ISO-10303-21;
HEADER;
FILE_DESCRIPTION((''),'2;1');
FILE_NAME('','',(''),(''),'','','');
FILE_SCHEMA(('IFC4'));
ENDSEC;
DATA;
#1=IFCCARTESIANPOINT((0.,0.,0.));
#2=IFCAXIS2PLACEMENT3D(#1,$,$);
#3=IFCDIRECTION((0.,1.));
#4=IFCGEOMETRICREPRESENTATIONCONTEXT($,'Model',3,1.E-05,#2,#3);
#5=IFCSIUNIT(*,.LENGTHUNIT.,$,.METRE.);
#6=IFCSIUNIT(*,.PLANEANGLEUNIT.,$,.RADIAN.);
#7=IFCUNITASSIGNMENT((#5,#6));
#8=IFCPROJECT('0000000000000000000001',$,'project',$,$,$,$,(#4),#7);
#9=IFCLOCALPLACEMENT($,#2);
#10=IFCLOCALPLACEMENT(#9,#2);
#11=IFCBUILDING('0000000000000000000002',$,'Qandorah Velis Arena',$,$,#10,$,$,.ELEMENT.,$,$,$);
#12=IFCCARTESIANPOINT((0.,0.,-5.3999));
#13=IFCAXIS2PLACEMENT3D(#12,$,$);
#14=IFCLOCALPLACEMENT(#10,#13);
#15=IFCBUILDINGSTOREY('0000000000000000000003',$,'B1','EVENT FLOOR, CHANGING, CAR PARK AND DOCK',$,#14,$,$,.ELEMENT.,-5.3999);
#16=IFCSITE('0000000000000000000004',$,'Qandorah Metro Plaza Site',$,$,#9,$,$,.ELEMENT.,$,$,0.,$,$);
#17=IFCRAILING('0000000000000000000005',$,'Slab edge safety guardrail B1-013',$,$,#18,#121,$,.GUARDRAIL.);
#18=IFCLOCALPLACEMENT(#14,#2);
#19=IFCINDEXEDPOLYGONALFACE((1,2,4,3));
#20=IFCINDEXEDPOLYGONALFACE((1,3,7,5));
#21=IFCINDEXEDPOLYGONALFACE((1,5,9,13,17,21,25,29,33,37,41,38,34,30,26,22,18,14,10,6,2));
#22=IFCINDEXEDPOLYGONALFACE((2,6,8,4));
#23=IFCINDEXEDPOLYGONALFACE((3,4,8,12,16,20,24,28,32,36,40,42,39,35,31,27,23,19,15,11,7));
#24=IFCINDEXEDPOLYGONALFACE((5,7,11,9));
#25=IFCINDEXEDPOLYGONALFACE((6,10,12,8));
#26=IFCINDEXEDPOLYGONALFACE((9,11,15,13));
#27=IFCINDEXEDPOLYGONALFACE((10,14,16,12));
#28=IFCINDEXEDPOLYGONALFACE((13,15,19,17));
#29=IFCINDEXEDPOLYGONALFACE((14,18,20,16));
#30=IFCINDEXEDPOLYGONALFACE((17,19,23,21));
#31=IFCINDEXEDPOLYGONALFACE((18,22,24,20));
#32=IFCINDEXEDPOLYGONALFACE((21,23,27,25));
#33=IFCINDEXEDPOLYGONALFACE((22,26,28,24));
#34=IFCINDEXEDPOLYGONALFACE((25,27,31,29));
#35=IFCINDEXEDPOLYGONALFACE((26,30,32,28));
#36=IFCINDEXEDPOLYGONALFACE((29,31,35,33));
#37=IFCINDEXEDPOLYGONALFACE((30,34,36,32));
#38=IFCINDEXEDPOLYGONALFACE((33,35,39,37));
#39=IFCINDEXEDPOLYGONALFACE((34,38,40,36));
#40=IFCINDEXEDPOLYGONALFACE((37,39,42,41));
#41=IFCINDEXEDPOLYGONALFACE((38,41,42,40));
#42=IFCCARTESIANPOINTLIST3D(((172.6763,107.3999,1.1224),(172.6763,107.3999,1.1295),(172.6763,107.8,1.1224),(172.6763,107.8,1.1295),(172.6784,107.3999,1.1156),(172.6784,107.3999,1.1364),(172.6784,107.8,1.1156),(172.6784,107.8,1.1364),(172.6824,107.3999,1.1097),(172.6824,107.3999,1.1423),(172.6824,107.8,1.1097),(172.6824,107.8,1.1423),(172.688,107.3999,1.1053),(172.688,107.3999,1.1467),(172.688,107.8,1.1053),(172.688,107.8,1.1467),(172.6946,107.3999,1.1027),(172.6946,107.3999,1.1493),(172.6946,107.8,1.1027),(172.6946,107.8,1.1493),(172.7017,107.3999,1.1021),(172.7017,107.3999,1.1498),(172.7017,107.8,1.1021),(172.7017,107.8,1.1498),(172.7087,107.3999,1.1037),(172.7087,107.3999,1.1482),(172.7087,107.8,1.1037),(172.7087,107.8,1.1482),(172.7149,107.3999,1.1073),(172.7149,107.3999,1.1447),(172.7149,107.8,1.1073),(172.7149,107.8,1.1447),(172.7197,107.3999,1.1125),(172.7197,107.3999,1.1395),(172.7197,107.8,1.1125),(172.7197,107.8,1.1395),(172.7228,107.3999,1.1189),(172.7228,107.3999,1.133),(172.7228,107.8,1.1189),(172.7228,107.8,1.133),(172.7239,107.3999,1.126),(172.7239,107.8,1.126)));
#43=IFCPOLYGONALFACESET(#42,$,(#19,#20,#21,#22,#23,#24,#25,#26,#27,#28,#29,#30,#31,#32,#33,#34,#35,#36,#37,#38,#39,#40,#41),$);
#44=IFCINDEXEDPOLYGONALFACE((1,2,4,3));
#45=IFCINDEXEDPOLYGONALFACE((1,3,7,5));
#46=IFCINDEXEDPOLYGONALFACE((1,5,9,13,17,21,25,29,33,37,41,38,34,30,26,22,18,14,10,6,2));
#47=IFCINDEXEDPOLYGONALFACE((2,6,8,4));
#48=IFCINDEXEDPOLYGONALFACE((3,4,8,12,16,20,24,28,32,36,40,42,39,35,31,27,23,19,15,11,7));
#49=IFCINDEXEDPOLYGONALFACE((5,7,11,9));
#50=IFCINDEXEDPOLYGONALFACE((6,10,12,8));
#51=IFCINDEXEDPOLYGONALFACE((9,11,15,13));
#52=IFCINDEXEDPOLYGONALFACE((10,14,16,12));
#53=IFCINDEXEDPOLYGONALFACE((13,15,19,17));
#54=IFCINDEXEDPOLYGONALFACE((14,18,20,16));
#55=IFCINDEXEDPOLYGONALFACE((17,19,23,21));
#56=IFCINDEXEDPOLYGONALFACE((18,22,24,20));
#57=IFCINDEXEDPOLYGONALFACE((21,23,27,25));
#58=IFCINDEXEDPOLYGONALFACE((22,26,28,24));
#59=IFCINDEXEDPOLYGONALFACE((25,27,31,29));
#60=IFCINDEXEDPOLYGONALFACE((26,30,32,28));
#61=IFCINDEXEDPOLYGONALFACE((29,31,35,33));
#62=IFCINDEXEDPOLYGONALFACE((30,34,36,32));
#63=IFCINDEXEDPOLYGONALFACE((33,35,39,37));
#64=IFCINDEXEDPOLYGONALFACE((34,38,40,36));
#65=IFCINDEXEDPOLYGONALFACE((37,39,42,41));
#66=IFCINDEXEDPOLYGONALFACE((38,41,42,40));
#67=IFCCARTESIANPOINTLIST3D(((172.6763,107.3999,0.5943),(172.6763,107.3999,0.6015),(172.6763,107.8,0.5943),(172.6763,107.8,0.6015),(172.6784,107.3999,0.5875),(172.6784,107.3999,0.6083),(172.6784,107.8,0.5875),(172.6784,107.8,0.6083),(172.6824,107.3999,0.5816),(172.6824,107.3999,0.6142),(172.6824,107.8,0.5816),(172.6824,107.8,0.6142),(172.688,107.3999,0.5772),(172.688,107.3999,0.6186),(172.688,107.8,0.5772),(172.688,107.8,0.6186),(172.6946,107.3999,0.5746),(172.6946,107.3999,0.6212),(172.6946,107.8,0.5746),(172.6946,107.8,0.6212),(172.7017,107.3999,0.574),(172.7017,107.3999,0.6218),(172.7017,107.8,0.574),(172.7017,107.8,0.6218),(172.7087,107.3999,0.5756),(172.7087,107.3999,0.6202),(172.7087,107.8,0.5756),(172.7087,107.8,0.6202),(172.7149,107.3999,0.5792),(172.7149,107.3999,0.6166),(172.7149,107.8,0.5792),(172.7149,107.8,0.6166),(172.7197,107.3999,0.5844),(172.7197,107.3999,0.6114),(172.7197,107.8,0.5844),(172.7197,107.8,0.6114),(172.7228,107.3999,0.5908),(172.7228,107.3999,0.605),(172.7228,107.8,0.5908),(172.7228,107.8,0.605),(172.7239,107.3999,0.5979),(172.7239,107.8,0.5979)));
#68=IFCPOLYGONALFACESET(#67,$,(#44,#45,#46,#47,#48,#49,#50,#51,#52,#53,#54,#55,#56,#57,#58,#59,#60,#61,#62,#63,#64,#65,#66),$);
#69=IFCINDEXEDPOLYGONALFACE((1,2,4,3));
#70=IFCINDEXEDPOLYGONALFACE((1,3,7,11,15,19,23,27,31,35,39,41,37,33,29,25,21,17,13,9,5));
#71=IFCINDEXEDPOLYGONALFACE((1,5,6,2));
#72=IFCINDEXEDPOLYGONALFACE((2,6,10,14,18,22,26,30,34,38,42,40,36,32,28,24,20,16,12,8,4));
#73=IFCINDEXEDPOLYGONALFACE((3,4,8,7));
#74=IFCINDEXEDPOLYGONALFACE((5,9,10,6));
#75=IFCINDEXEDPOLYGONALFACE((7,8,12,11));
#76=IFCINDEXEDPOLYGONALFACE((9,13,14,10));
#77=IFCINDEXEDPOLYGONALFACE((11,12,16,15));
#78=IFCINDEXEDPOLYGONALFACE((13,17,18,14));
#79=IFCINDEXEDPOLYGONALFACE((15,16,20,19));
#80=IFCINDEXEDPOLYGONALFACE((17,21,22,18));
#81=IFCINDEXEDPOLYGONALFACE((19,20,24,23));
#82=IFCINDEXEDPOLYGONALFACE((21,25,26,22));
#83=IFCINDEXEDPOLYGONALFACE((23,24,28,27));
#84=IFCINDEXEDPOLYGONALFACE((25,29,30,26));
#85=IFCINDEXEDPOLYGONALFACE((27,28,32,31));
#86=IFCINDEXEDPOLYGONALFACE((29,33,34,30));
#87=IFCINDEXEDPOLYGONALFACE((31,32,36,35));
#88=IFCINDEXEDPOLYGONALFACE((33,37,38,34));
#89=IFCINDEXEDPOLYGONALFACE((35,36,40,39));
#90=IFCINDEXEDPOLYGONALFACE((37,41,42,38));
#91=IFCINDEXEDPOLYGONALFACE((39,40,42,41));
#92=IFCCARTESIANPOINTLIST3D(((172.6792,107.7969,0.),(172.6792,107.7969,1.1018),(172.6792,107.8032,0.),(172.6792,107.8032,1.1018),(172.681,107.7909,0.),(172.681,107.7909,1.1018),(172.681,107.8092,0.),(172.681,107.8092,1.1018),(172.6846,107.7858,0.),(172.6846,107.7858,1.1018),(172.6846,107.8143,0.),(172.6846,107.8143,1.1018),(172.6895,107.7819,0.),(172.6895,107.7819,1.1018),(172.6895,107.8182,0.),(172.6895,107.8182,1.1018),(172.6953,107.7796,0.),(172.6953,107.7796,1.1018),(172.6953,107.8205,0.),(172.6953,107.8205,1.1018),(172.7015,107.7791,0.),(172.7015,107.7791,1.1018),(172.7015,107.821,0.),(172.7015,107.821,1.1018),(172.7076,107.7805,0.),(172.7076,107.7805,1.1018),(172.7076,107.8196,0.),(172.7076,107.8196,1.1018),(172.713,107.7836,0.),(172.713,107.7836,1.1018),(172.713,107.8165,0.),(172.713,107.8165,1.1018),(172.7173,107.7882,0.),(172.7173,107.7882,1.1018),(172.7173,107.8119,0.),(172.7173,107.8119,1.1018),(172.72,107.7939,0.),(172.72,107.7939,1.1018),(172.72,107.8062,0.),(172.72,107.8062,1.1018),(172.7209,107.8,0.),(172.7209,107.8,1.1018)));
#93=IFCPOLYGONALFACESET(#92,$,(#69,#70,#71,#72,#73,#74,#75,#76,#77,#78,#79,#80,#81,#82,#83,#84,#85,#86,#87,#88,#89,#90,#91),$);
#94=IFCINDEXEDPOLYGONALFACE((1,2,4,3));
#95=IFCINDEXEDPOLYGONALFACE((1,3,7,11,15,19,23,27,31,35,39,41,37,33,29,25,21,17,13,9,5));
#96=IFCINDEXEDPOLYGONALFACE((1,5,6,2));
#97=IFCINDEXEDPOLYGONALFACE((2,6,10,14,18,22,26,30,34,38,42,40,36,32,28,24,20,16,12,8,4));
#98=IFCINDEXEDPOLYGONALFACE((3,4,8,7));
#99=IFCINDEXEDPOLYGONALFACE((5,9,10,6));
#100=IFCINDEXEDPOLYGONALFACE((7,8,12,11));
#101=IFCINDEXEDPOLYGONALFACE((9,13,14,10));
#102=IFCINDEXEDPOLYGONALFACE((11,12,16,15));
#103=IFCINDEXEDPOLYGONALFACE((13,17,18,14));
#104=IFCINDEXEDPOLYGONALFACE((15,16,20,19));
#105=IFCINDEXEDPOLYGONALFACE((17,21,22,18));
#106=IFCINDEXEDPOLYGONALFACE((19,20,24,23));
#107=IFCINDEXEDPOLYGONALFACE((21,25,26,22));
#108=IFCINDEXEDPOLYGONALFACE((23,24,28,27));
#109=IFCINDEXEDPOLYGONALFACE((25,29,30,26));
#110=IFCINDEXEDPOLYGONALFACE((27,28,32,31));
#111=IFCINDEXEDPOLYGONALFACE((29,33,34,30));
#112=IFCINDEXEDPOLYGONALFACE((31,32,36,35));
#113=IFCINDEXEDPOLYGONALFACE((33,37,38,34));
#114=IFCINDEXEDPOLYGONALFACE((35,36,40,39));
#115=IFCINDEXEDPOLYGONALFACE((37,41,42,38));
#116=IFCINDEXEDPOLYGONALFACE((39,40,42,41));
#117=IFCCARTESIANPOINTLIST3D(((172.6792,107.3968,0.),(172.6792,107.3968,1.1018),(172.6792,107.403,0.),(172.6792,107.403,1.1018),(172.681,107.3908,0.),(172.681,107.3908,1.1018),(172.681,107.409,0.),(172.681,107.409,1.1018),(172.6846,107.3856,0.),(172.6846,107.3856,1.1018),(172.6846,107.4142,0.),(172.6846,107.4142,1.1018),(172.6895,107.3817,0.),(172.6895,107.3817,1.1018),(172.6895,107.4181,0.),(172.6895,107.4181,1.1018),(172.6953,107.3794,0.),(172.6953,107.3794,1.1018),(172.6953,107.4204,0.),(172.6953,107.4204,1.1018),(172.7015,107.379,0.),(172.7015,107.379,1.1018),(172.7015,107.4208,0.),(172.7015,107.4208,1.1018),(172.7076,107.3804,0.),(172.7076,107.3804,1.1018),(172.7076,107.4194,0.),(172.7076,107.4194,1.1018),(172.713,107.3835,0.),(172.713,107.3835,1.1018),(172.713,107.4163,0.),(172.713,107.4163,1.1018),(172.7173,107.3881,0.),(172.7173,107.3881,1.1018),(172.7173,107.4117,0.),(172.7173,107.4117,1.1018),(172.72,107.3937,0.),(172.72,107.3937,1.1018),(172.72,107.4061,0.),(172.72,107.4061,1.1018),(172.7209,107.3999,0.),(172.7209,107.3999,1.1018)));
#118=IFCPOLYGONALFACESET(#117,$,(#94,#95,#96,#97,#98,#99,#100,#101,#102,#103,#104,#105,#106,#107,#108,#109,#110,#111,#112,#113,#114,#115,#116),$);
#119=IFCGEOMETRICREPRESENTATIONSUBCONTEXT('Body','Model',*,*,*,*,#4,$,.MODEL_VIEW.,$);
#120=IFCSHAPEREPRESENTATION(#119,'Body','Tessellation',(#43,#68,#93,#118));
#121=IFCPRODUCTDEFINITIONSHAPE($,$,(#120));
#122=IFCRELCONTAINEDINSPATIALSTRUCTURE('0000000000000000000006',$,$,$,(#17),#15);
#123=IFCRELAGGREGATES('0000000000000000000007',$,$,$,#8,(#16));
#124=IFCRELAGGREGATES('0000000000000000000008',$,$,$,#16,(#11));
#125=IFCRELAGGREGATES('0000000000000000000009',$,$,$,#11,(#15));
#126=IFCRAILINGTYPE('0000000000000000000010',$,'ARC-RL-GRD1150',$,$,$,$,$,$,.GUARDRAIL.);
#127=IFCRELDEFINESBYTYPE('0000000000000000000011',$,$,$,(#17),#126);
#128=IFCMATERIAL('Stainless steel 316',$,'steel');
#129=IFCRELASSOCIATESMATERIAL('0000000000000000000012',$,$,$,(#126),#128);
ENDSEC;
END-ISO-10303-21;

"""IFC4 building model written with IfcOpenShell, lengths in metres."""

from ifc_helpers import new_model, si_unit, direction, frame, origin, origin_2d, place, context, subcontext, project, spatial, circle, extrude, material, type_object, element, save


model = new_model("IFC4")

# Units and contexts
model_context = context("Model", 3, precision=1e-05, world=origin(), true_north=direction((0.0, 1.0)))
body_context = subcontext(model_context, "Body", "Model", "MODEL_VIEW")
ifc_project = project(units=[si_unit("LENGTHUNIT", "METRE"), si_unit("PLANEANGLEUNIT", "RADIAN")], contexts=[model_context])

# Site, building, storey
site_placement = place(None, origin())
site = spatial("IfcSite", under=ifc_project, at=site_placement, Name="Qandorah Metro Plaza Site", CompositionType="ELEMENT", RefElevation=0.0)
building_placement = place(site_placement, origin())
building = spatial("IfcBuilding", under=site, at=building_placement, Name="Qandorah Velis Arena", CompositionType="ELEMENT")
storey_placement = place(building_placement, frame((0.0, 0.0, -5.3999)))
storey = spatial("IfcBuildingStorey", under=building, at=storey_placement, Name="B1", Description="EVENT FLOOR, CHANGING, CAR PARK AND DOCK", CompositionType="ELEMENT", Elevation=-5.3999)

# Railing
ifc_material_1 = material(Name="Stainless steel 316", Category="steel")
railing_type = type_object("IfcRailingType", Name="ARC-RL-GRD1150", PredefinedType="GUARDRAIL", material=ifc_material_1)
for number, where, name in (
    (1, (172.7, 107.8, 0.0), "Slab edge safety guardrail B1-013"),
):
    element("IfcRailing", number, at=place(storey_placement, frame(where)), inside=storey, type_object=railing_type, Name=name, PredefinedType="GUARDRAIL", context=body_context, shape_type="SweptSolid", body=[
        extrude(circle(Radius=0.0239, at=origin_2d()), frame((0.0, 0.0, 1.126), z_axis=(0.0, -1.0, 0.0), x_axis=(1.0, 0.0, 0.0)), (0.0, 0.0, 1.0), 0.4001),
        extrude(circle(Radius=0.0239, at=origin_2d()), frame((0.0, 0.0, 0.5979), z_axis=(0.0, -1.0, 0.0), x_axis=(1.0, 0.0, 0.0)), (0.0, 0.0, 1.0), 0.4001),
        extrude(circle(Radius=0.021, at=origin_2d()), origin(), (0.0, 0.0, 1.0), 1.1018),
        extrude(circle(Radius=0.021, at=origin_2d()), frame((0.0, -0.4001, 0.0)), (0.0, 0.0, 1.0), 1.1018),
    ])

save(model, "model.ifc")
